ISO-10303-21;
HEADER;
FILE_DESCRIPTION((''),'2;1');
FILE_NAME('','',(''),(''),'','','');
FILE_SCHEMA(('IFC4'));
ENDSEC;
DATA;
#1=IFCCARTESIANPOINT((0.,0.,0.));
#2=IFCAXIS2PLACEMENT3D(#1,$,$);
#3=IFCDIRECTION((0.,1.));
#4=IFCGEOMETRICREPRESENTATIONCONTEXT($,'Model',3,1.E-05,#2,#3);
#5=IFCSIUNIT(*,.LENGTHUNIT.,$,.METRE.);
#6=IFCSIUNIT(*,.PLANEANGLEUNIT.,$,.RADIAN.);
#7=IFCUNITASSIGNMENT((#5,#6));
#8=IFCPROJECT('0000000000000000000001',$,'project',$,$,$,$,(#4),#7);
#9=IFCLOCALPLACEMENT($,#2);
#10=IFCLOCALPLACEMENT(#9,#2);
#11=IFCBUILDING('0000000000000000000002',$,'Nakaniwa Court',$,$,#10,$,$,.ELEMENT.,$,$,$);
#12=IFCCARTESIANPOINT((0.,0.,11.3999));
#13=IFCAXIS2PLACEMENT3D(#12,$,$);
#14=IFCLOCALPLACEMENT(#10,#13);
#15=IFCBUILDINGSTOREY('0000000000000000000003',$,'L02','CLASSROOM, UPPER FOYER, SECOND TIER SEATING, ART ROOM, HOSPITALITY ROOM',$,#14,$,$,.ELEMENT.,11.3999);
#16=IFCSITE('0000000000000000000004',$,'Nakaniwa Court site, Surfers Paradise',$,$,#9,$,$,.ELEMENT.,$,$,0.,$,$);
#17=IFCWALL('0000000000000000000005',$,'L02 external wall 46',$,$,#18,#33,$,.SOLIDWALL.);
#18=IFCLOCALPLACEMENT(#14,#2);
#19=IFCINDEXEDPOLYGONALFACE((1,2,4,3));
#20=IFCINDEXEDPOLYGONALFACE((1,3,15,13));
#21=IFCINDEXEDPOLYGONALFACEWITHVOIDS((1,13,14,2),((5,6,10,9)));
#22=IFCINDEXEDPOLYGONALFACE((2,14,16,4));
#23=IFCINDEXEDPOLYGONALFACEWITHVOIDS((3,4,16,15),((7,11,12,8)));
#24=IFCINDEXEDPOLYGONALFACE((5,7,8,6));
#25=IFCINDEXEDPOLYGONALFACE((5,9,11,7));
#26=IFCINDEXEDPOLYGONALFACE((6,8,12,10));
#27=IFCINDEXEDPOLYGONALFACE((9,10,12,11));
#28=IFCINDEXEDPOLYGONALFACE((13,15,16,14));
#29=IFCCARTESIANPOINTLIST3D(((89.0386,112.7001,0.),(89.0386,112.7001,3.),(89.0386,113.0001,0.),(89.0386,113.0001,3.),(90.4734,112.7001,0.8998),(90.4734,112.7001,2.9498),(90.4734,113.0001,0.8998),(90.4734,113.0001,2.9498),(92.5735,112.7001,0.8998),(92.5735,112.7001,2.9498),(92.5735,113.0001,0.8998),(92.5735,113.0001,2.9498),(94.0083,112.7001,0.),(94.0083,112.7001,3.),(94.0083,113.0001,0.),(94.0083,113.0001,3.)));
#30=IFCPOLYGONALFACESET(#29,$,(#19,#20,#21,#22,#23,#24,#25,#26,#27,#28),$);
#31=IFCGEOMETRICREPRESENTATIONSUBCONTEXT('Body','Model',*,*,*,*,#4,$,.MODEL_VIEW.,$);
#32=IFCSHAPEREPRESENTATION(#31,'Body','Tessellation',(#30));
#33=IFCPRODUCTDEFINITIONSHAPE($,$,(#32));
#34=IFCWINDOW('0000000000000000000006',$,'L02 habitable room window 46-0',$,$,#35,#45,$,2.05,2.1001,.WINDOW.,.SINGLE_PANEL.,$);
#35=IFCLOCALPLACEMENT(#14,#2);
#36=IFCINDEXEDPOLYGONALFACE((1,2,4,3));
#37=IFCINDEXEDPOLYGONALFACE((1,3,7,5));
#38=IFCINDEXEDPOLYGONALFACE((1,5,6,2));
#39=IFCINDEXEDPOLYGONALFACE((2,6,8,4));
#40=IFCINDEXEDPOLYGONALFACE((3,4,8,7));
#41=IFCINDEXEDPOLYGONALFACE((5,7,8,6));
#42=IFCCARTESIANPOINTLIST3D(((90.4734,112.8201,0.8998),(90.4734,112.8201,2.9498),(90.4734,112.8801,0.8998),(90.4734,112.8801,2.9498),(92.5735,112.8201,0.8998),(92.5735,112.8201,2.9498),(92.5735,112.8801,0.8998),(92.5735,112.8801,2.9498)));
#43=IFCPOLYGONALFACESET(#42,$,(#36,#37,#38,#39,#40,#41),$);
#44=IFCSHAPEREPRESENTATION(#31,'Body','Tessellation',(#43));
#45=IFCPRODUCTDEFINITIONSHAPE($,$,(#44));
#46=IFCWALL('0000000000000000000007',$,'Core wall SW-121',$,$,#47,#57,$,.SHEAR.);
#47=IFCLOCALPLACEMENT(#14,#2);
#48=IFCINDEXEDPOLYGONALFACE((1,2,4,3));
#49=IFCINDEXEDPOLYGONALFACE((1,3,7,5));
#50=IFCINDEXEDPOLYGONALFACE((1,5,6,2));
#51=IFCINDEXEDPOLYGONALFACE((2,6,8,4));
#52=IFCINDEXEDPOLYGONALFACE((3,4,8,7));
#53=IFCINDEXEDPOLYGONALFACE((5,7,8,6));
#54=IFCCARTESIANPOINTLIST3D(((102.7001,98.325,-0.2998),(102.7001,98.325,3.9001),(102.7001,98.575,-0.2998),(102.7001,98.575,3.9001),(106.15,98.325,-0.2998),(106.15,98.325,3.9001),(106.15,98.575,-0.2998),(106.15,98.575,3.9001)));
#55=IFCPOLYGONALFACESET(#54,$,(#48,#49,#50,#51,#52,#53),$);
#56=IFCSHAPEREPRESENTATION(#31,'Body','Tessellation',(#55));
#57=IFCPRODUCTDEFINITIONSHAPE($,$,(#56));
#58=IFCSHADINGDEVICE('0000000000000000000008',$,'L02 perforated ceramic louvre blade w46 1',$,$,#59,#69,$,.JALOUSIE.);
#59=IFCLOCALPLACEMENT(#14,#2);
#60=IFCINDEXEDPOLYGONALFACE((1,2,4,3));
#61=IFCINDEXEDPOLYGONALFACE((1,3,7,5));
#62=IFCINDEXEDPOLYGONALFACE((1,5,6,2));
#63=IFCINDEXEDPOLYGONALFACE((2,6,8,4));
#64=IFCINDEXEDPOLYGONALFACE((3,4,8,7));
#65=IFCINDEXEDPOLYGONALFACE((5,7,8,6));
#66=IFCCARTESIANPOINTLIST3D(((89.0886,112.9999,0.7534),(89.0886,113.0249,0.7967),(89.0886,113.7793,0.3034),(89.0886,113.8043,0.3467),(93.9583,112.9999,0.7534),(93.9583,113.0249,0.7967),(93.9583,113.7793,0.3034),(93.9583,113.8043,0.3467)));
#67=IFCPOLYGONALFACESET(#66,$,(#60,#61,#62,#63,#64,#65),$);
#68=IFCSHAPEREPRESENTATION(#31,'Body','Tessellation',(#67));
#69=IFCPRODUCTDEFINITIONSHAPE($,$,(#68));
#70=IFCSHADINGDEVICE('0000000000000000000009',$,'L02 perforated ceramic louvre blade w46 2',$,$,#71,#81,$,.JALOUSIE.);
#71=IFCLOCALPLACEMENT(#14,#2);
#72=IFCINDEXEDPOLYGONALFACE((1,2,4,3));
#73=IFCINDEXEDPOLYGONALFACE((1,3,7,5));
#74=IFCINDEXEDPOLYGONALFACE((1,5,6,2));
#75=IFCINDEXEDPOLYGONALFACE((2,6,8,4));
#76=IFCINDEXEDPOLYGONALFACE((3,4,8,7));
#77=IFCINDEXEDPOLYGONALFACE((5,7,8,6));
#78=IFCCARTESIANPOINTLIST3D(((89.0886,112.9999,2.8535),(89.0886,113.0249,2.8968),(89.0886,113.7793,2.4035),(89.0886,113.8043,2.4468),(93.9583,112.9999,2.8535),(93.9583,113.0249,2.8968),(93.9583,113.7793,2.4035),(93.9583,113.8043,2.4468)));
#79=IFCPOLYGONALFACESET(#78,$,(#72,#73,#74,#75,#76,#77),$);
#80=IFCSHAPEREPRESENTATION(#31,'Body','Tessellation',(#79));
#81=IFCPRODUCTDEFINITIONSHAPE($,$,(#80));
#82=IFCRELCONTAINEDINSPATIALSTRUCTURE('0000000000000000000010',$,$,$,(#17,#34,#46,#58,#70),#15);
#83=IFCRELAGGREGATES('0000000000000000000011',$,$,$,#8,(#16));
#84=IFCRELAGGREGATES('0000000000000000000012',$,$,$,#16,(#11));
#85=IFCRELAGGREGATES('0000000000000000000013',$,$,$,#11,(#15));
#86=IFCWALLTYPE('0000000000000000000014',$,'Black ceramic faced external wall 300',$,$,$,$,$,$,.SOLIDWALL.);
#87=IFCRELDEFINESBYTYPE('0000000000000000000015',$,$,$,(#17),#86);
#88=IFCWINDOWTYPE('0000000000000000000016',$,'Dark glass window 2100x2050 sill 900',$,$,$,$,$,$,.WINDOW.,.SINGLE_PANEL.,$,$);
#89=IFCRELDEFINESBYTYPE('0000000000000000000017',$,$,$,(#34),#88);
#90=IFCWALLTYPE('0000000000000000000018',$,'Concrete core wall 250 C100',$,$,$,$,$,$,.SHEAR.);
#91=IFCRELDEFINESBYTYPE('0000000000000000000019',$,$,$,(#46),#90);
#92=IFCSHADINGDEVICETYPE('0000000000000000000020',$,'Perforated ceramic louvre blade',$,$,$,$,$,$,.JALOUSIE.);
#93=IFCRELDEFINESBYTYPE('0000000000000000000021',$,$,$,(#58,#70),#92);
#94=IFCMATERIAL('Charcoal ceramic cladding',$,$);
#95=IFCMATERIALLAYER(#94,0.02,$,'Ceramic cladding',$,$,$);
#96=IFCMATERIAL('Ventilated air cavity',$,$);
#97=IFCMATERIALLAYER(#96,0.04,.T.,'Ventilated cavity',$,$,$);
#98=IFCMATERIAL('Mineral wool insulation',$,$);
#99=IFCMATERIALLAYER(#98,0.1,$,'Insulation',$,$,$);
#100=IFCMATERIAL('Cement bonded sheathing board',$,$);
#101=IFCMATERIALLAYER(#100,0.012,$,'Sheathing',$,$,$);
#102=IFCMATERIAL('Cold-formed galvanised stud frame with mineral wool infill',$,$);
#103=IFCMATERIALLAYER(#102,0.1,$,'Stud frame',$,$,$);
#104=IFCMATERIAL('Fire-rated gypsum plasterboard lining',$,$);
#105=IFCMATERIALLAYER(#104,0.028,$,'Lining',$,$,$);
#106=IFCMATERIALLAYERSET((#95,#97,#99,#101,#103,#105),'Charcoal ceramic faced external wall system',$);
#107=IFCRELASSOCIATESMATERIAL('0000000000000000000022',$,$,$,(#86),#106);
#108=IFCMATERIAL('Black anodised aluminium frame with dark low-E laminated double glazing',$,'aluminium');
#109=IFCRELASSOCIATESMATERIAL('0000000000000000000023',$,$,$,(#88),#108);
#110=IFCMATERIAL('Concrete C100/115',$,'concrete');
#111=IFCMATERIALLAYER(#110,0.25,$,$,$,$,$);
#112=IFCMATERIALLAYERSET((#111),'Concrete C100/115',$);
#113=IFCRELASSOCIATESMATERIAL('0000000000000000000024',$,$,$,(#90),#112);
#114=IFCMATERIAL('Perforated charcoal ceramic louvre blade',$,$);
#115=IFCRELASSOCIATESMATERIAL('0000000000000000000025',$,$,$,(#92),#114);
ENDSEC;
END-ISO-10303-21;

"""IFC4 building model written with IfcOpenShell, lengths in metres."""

from ifc_helpers import new_model, si_unit, direction, frame, frame_2d, origin, origin_2d, place, context, subcontext, project, spatial, rectangle, extrude, material, layer, layer_set, material_profile, profile_set, type_object, element, fill, save


model = new_model("IFC4")

# Units and contexts
model_context = context("Model", 3, precision=1e-05, world=origin(), true_north=direction((0.0, 1.0)))
body_context = subcontext(model_context, "Body", "Model", "MODEL_VIEW")
ifc_project = project(units=[si_unit("LENGTHUNIT", "METRE"), si_unit("PLANEANGLEUNIT", "RADIAN")], contexts=[model_context])

# Site, building, storey
site_placement = place(None, origin())
site = spatial("IfcSite", under=ifc_project, at=site_placement, Name="Nakaniwa Court site, Surfers Paradise", CompositionType="ELEMENT", RefElevation=0.0)
building_placement = place(site_placement, origin())
building = spatial("IfcBuilding", under=site, at=building_placement, Name="Nakaniwa Court", CompositionType="ELEMENT")
storey_placement = place(building_placement, frame((0.0, 0.0, 11.3999)))
storey = spatial("IfcBuildingStorey", under=building, at=storey_placement, Name="L02", Description="CLASSROOM, UPPER FOYER, SECOND TIER SEATING, ART ROOM, HOSPITALITY ROOM", CompositionType="ELEMENT", Elevation=11.3999)

# Shared definitions
ifc_material_1 = material(Name="Concrete C100/115", Category="concrete")

# Shared definitions
ifc_material_2 = material(Name="Black anodised aluminium frame with dark low-E laminated double glazing", Category="aluminium")

# Shared definitions
ifc_material_3 = material(Name="Charcoal ceramic cladding")
ifc_layer_1 = layer(ifc_material_3, 0.02, Name="Ceramic cladding")
ifc_material_4 = material(Name="Ventilated air cavity")
ifc_layer_2 = layer(ifc_material_4, 0.04, ventilated=True, Name="Ventilated cavity")
ifc_material_5 = material(Name="Mineral wool insulation")
ifc_layer_3 = layer(ifc_material_5, 0.1, Name="Insulation")
ifc_material_6 = material(Name="Cement bonded sheathing board")
ifc_layer_4 = layer(ifc_material_6, 0.012, Name="Sheathing")
ifc_material_7 = material(Name="Cold-formed galvanised stud frame with mineral wool infill")
ifc_layer_5 = layer(ifc_material_7, 0.1, Name="Stud frame")
ifc_material_8 = material(Name="Fire-rated gypsum plasterboard lining")
ifc_layer_6 = layer(ifc_material_8, 0.028, Name="Lining")
ifc_layer_set_1 = layer_set([ifc_layer_1, ifc_layer_2, ifc_layer_3, ifc_layer_4, ifc_layer_5, ifc_layer_6], Name="Charcoal ceramic faced external wall system")
wall_type_1 = type_object("IfcWallType", Name="Black ceramic faced external wall 300", PredefinedType="SOLIDWALL", material=ifc_layer_set_1)
window_type = type_object("IfcWindowType", Name="Dark glass window 2100x2050 sill 900", PartitioningType="SINGLE_PANEL", PredefinedType="WINDOW", material=ifc_material_2)

# Wall, opening, window
wall_1_placement = place(storey_placement, frame((94.0083, 112.8501, 0.0), z_axis=(0.0, 0.0, 1.0), x_axis=(-1.0, 0.0, 0.0)))
wall_1 = element("IfcWall", 1, at=wall_1_placement, inside=storey, type_object=wall_type_1, Name="L02 external wall 46", PredefinedType="SOLIDWALL", context=body_context, shape_type="SweptSolid", body=[
    extrude(rectangle(XDim=4.9697, YDim=0.3, at=frame_2d((2.4849, 0.0))), origin(), (0.0, 0.0, 1.0), 3.0),
])
opening_1_placement = place(wall_1_placement, frame((1.4348, 0.0, 0.8999)))
opening_1 = element("IfcOpeningElement", 2, at=opening_1_placement, cuts=wall_1, PredefinedType="OPENING", context=body_context, shape_type="SweptSolid", body=[
    extrude(rectangle(XDim=2.1001, YDim=2.05, at=frame_2d((1.05, 1.0249))), frame((0.0, 0.1599, 0.0), z_axis=(0.0, -1.0, 0.0), x_axis=(1.0, 0.0, 0.0)), (0.0, 0.0, 1.0), 0.3201),
])
window_1_placement = place(opening_1_placement, origin())
window_1 = element("IfcWindow", 3, at=window_1_placement, inside=storey, type_object=window_type, Name="L02 habitable room window 46-0", OverallHeight=2.05, OverallWidth=2.1001, PartitioningType="SINGLE_PANEL", PredefinedType="WINDOW", context=body_context, shape_type="SweptSolid", body=[
    extrude(rectangle(XDim=2.1001, YDim=2.05, at=frame_2d((1.05, 1.0249))), frame((0.0, 0.03, 0.0), z_axis=(0.0, -1.0, 0.0), x_axis=(1.0, 0.0, 0.0)), (0.0, 0.0, 1.0), 0.0601),
])
fill(opening_1, window_1)

# Wall
ifc_layer_7 = layer(ifc_material_1, 0.25)
ifc_layer_set_2 = layer_set([ifc_layer_7], Name="Concrete C100/115")
wall_type_2 = type_object("IfcWallType", Name="Concrete core wall 250 C100", PredefinedType="SHEAR", material=ifc_layer_set_2)
wall_2_placement = place(storey_placement, frame((102.7, 98.45, -0.2998), z_axis=(0.0, 0.0, 1.0), x_axis=(1.0, 0.0, 0.0)))
element("IfcWall", 4, at=wall_2_placement, inside=storey, type_object=wall_type_2, Name="Core wall SW-121", PredefinedType="SHEAR", context=body_context, shape_type="SweptSolid", body=[
    extrude(rectangle(XDim=3.45, YDim=0.25, at=frame_2d((1.7251, 0.0))), origin(), (0.0, 0.0, 1.0), 4.2),
])

# Shading devices
ifc_material_9 = material(Name="Perforated charcoal ceramic louvre blade")
ifc_material_profile_1 = material_profile(ifc_material_9, rectangle(XDim=0.8999, YDim=0.05, at=origin_2d()), Name="Perforated ceramic louvre blade")
ifc_profile_set_1 = profile_set([ifc_material_profile_1], Name="Perforated charcoal ceramic louvre blade")
shading_device_type = type_object("IfcShadingDeviceType", Name="Perforated ceramic louvre blade", PredefinedType="JALOUSIE", material=ifc_profile_set_1)
for number, where, z_axis, x_axis, name in (
    (5, (93.9583, 113.4021, 0.55), (-1.0, 0.0, 0.0), (0.0, -0.866025, 0.5), "L02 perforated ceramic louvre blade w46 1"),
    (6, (93.9583, 113.4021, 2.6501), (-1.0, 0.0, 0.0), (0.0, -0.866025, 0.5), "L02 perforated ceramic louvre blade w46 2"),
):
    element("IfcShadingDevice", number, at=place(storey_placement, frame(where, z_axis=z_axis, x_axis=x_axis)), inside=storey, type_object=shading_device_type, Name=name, PredefinedType="JALOUSIE", context=body_context, shape_type="SweptSolid", body=[
        extrude(rectangle(XDim=0.8999, YDim=0.05, at=origin_2d()), origin(), (0.0, 0.0, 1.0), 4.8696),
    ])

save(model, "model.ifc")
